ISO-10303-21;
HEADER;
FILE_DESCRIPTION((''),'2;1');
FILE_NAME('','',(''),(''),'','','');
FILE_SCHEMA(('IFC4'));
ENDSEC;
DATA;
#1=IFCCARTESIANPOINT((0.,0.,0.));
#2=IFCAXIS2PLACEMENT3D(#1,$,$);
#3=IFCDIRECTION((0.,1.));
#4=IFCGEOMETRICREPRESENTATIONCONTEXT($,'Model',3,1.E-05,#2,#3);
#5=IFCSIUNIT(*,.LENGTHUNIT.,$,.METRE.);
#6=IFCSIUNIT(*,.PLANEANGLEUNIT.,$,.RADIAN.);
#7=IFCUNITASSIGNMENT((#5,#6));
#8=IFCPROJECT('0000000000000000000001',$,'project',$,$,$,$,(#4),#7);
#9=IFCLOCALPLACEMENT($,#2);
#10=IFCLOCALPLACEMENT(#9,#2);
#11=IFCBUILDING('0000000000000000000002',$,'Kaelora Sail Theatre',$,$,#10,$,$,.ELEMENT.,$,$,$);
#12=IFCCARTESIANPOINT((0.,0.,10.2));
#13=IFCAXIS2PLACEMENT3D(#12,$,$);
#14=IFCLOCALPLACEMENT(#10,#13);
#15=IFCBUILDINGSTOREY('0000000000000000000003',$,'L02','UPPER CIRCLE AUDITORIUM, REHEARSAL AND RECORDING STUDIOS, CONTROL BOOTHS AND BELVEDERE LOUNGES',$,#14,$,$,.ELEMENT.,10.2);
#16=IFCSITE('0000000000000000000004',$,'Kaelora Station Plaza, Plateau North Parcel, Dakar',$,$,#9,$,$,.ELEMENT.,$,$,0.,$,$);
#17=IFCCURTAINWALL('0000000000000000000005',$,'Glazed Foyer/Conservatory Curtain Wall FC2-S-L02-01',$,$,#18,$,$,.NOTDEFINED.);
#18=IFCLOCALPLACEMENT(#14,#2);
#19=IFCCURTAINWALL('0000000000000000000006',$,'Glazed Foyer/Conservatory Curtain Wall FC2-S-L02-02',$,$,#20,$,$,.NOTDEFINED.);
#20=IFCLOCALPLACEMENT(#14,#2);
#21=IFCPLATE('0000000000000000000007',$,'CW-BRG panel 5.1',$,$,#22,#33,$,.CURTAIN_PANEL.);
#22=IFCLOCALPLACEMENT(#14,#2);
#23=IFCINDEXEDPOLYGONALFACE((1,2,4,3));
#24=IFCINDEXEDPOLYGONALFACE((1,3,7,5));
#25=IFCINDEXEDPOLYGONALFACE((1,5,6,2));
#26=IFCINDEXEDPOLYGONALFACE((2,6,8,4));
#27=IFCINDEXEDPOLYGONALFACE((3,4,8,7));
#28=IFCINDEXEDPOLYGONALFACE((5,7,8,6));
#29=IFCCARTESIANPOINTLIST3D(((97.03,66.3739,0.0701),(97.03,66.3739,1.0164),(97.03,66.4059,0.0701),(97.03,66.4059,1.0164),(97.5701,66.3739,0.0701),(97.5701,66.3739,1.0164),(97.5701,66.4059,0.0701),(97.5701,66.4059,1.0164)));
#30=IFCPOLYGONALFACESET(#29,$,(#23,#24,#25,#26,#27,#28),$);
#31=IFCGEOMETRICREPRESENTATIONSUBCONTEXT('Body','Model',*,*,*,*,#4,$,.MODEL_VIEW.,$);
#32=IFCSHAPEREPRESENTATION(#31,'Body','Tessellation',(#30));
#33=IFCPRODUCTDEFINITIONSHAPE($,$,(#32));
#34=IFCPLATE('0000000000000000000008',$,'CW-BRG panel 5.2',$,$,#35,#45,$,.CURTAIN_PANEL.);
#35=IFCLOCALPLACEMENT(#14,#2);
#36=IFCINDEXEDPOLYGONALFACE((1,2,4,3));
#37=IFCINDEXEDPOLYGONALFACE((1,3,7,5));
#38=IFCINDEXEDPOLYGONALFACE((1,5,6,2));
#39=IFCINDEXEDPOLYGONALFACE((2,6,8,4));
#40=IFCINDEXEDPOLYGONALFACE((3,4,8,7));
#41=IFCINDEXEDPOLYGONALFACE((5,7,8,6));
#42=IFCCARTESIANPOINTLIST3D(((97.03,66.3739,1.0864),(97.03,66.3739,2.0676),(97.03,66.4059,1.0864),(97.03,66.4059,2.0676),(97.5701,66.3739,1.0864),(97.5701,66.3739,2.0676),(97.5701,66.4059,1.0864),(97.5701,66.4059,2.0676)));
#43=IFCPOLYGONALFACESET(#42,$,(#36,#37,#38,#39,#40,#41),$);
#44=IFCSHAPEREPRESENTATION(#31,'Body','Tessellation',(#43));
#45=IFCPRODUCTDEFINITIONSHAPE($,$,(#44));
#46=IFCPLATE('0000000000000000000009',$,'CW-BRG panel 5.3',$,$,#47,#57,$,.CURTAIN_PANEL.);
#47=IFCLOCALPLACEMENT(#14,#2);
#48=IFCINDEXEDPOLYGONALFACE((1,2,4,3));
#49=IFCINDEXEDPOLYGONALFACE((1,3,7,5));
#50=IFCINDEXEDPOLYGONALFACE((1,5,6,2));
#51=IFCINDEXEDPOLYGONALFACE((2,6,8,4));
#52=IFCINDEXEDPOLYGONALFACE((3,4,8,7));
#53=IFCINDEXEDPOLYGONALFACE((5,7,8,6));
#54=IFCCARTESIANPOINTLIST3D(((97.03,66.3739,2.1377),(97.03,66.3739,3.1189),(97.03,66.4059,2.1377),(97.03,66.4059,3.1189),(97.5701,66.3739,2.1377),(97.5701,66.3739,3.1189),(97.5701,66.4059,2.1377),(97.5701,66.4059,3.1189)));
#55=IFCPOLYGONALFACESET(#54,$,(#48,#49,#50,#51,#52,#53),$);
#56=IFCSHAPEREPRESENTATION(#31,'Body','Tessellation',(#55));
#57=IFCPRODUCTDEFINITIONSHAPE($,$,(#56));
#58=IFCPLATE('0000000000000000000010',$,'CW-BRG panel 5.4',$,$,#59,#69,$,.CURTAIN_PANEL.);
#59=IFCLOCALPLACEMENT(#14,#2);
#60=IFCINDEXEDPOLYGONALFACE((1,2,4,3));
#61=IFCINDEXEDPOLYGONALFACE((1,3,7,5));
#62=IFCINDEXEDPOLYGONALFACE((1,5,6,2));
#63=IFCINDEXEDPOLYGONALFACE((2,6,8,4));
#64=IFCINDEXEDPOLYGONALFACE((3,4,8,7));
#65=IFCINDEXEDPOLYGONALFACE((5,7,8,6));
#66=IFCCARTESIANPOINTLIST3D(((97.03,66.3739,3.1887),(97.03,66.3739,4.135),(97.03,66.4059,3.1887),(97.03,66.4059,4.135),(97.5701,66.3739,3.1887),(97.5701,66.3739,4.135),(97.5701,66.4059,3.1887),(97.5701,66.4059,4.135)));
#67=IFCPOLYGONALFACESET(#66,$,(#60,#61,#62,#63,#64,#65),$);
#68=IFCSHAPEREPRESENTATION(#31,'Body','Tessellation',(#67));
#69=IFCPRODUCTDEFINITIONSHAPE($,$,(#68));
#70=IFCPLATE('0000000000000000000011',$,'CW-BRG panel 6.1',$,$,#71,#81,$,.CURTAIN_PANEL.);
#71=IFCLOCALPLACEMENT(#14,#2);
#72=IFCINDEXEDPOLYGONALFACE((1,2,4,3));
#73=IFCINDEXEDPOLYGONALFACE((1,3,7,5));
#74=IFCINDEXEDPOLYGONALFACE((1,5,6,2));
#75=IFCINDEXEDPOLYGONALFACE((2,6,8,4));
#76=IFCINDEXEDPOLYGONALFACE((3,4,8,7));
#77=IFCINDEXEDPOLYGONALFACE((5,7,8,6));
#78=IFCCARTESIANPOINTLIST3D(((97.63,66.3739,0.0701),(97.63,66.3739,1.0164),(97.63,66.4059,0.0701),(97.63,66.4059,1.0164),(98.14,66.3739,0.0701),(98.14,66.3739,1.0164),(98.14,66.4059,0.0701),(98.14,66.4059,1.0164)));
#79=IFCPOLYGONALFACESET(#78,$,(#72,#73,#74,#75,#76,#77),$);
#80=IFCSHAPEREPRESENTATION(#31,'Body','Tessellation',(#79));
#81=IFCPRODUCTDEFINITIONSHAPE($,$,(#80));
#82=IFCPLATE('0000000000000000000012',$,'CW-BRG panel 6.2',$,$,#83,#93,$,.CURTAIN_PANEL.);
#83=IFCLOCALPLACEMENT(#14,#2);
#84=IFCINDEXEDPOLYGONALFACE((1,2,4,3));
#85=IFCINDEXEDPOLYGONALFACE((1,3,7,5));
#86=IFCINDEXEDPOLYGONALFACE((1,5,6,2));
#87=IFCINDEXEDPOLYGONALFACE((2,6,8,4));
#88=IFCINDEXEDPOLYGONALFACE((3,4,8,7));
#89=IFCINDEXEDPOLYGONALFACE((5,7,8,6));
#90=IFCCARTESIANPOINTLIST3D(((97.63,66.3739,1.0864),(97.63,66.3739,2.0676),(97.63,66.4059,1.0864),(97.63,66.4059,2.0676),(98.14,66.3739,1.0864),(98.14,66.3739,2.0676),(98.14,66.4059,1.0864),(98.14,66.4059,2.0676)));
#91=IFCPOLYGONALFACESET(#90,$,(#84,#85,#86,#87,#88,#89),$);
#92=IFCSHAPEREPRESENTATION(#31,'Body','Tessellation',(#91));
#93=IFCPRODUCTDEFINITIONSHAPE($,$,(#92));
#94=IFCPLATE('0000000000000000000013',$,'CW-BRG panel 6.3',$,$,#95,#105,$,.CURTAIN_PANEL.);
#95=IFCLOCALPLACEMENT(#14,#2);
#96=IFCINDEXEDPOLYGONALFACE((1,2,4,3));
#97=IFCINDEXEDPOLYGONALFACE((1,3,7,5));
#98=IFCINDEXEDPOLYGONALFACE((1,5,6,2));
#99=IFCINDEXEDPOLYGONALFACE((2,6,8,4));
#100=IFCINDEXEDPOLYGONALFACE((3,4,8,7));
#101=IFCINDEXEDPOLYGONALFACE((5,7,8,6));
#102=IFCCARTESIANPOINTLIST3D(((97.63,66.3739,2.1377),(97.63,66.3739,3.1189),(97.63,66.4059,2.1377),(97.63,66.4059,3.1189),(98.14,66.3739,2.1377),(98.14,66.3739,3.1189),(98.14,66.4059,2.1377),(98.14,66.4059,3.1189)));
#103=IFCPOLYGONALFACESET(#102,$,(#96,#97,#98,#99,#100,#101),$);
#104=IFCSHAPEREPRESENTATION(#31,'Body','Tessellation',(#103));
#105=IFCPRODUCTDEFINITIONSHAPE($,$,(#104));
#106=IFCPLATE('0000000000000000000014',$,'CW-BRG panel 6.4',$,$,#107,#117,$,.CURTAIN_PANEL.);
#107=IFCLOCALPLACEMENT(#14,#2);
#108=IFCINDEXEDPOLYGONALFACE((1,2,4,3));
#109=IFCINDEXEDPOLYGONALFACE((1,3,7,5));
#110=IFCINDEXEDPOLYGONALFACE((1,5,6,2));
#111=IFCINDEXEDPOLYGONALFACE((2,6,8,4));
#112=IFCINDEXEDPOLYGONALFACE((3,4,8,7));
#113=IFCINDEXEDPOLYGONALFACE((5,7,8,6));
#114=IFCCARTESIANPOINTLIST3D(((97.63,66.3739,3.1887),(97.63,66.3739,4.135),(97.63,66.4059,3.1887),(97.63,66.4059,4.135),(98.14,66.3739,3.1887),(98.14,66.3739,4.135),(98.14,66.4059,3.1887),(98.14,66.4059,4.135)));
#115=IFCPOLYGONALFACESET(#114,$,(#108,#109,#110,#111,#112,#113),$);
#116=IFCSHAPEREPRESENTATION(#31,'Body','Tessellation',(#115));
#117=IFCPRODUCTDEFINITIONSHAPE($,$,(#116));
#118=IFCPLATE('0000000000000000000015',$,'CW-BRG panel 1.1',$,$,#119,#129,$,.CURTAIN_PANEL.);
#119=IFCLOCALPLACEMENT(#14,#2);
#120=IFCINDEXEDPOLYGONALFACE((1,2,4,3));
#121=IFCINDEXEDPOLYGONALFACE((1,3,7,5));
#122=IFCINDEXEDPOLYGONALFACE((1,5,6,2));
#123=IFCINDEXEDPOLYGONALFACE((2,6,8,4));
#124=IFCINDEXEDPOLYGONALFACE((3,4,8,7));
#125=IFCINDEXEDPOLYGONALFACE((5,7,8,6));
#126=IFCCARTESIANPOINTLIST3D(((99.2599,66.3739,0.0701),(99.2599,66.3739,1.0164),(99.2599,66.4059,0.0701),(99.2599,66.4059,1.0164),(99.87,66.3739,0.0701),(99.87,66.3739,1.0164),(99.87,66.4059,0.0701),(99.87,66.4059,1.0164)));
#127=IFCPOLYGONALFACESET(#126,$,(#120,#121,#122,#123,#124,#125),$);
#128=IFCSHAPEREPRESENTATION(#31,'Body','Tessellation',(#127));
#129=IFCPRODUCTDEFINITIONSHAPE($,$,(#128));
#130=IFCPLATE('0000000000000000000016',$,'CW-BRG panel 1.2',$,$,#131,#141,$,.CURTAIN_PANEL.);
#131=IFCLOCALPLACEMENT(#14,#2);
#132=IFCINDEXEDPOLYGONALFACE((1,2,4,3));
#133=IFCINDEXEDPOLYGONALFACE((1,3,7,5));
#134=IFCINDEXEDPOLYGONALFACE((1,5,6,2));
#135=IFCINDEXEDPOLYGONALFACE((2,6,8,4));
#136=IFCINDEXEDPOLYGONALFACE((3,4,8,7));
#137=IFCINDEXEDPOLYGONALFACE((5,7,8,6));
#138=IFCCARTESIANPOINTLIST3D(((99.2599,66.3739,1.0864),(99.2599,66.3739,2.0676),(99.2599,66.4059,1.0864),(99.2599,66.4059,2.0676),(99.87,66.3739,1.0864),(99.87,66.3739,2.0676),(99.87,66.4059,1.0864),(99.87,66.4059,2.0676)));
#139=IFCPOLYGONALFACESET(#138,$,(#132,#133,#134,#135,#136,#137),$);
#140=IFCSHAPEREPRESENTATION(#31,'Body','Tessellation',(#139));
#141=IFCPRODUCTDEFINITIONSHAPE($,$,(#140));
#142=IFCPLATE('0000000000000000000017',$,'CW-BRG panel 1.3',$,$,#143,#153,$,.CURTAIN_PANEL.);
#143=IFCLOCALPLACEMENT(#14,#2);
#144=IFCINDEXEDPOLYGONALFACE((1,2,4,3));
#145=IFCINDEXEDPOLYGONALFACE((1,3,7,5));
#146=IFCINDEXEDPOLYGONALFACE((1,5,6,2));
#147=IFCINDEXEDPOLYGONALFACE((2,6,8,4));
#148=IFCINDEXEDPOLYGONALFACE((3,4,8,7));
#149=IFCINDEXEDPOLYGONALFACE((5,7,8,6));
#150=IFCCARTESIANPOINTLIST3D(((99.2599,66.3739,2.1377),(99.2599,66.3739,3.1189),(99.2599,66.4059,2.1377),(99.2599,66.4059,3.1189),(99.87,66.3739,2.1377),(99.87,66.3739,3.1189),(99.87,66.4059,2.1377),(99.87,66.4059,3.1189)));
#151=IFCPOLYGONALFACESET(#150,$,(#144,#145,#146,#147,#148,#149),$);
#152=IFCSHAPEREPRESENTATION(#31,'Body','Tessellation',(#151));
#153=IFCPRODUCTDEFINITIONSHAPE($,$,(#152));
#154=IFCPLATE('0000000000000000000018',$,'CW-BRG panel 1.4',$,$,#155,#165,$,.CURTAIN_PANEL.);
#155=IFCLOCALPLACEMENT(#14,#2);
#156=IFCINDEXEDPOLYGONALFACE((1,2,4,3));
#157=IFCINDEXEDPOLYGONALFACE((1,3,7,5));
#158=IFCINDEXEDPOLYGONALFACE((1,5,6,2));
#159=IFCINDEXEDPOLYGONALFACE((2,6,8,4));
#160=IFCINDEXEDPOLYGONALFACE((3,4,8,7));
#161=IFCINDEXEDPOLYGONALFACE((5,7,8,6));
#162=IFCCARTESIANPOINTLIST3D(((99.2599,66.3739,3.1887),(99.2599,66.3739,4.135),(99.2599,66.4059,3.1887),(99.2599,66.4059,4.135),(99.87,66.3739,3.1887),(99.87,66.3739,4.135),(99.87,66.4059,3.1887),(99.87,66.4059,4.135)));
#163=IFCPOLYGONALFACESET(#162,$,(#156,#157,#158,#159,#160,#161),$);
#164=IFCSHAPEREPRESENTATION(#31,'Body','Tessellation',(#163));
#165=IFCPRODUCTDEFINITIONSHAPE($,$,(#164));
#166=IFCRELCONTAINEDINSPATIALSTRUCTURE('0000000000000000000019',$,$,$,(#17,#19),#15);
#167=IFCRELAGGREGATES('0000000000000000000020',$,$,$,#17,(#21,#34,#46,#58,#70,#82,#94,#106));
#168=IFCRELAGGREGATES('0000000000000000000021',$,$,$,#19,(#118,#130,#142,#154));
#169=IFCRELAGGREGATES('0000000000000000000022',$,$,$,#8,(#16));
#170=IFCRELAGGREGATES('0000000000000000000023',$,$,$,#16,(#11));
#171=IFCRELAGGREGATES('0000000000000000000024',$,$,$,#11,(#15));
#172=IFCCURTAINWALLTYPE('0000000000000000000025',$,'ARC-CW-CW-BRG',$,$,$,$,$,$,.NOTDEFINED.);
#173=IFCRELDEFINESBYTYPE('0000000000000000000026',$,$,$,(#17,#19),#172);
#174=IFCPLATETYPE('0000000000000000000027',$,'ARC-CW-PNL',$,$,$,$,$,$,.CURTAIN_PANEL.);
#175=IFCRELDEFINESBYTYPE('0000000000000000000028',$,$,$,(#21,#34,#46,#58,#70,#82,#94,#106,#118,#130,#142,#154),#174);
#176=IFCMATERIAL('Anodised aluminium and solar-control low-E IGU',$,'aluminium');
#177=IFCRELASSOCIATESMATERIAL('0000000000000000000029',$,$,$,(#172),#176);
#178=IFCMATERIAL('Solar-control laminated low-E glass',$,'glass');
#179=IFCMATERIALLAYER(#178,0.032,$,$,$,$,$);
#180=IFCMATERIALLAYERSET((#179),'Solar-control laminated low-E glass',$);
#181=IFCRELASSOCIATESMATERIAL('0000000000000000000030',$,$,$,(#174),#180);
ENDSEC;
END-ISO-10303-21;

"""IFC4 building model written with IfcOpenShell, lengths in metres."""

from ifc_helpers import new_model, si_unit, direction, frame, origin, origin_2d, place, context, subcontext, project, spatial, rectangle, extrude, material, layer, layer_set, type_object, element, aggregate, save


model = new_model("IFC4")

# Units and contexts
model_context = context("Model", 3, precision=1e-05, world=origin(), true_north=direction((0.0, 1.0)))
body_context = subcontext(model_context, "Body", "Model", "MODEL_VIEW")
ifc_project = project(units=[si_unit("LENGTHUNIT", "METRE"), si_unit("PLANEANGLEUNIT", "RADIAN")], contexts=[model_context])

# Site, building, storey
site_placement = place(None, origin())
site = spatial("IfcSite", under=ifc_project, at=site_placement, Name="Kaelora Station Plaza, Plateau North Parcel, Dakar", CompositionType="ELEMENT", RefElevation=0.0)
building_placement = place(site_placement, origin())
building = spatial("IfcBuilding", under=site, at=building_placement, Name="Kaelora Sail Theatre", CompositionType="ELEMENT")
storey_placement = place(building_placement, frame((0.0, 0.0, 10.2)))
storey = spatial("IfcBuildingStorey", under=building, at=storey_placement, Name="L02", Description="UPPER CIRCLE AUDITORIUM, REHEARSAL AND RECORDING STUDIOS, CONTROL BOOTHS AND BELVEDERE LOUNGES", CompositionType="ELEMENT", Elevation=10.2)

# Curtain walls
ifc_material_1 = material(Name="Anodised aluminium and solar-control low-E IGU", Category="aluminium")
curtain_wall_type = type_object("IfcCurtainWallType", Name="ARC-CW-CW-BRG", PredefinedType="NOTDEFINED", material=ifc_material_1)
curtain_wall_1_placement = place(storey_placement, origin())
curtain_wall_1 = element("IfcCurtainWall", 1, at=curtain_wall_1_placement, inside=storey, type_object=curtain_wall_type, Name="Glazed Foyer/Conservatory Curtain Wall FC2-S-L02-01", PredefinedType="NOTDEFINED")
curtain_wall_2_placement = place(storey_placement, origin())
curtain_wall_2 = element("IfcCurtainWall", 2, at=curtain_wall_2_placement, inside=storey, type_object=curtain_wall_type, Name="Glazed Foyer/Conservatory Curtain Wall FC2-S-L02-02", PredefinedType="NOTDEFINED")

# Plates
ifc_material_2 = material(Name="Solar-control laminated low-E glass", Category="glass")
ifc_layer = layer(ifc_material_2, 0.032)
ifc_layer_set = layer_set([ifc_layer], Name="Solar-control laminated low-E glass")
plate_type = type_object("IfcPlateType", Name="ARC-CW-PNL", PredefinedType="CURTAIN_PANEL", material=ifc_layer_set)
plate_1_placement = place(storey_placement, frame((97.3, 66.3899, 0.0701), z_axis=(0.0, 0.0, 1.0), x_axis=(1.0, 0.0, 0.0)))
plate_1 = element("IfcPlate", 3, at=plate_1_placement, type_object=plate_type, Name="CW-BRG panel 5.1", PredefinedType="CURTAIN_PANEL", context=body_context, shape_type="SweptSolid", body=[
    extrude(rectangle(XDim=0.54, YDim=0.032, at=origin_2d()), origin(), (0.0, 0.0, 1.0), 0.9463),
])
plate_2_placement = place(storey_placement, frame((97.3, 66.3899, 1.0864), z_axis=(0.0, 0.0, 1.0), x_axis=(1.0, 0.0, 0.0)))
plate_2 = element("IfcPlate", 4, at=plate_2_placement, type_object=plate_type, Name="CW-BRG panel 5.2", PredefinedType="CURTAIN_PANEL", context=body_context, shape_type="SweptSolid", body=[
    extrude(rectangle(XDim=0.54, YDim=0.032, at=origin_2d()), origin(), (0.0, 0.0, 1.0), 0.9812),
])
plate_3_placement = place(storey_placement, frame((97.3, 66.3899, 2.1377), z_axis=(0.0, 0.0, 1.0), x_axis=(1.0, 0.0, 0.0)))
plate_3 = element("IfcPlate", 5, at=plate_3_placement, type_object=plate_type, Name="CW-BRG panel 5.3", PredefinedType="CURTAIN_PANEL", context=body_context, shape_type="SweptSolid", body=[
    extrude(rectangle(XDim=0.54, YDim=0.032, at=origin_2d()), origin(), (0.0, 0.0, 1.0), 0.9812),
])
plate_4_placement = place(storey_placement, frame((97.3, 66.3899, 3.1887), z_axis=(0.0, 0.0, 1.0), x_axis=(1.0, 0.0, 0.0)))
plate_4 = element("IfcPlate", 6, at=plate_4_placement, type_object=plate_type, Name="CW-BRG panel 5.4", PredefinedType="CURTAIN_PANEL", context=body_context, shape_type="SweptSolid", body=[
    extrude(rectangle(XDim=0.54, YDim=0.032, at=origin_2d()), origin(), (0.0, 0.0, 1.0), 0.9463),
])
plate_5_placement = place(storey_placement, frame((97.885, 66.3899, 0.0701), z_axis=(0.0, 0.0, 1.0), x_axis=(1.0, 0.0, 0.0)))
plate_5 = element("IfcPlate", 7, at=plate_5_placement, type_object=plate_type, Name="CW-BRG panel 6.1", PredefinedType="CURTAIN_PANEL", context=body_context, shape_type="SweptSolid", body=[
    extrude(rectangle(XDim=0.51, YDim=0.032, at=origin_2d()), origin(), (0.0, 0.0, 1.0), 0.9463),
])
plate_6_placement = place(storey_placement, frame((97.885, 66.3899, 1.0864), z_axis=(0.0, 0.0, 1.0), x_axis=(1.0, 0.0, 0.0)))
plate_6 = element("IfcPlate", 8, at=plate_6_placement, type_object=plate_type, Name="CW-BRG panel 6.2", PredefinedType="CURTAIN_PANEL", context=body_context, shape_type="SweptSolid", body=[
    extrude(rectangle(XDim=0.51, YDim=0.032, at=origin_2d()), origin(), (0.0, 0.0, 1.0), 0.9812),
])
plate_7_placement = place(storey_placement, frame((97.885, 66.3899, 2.1377), z_axis=(0.0, 0.0, 1.0), x_axis=(1.0, 0.0, 0.0)))
plate_7 = element("IfcPlate", 9, at=plate_7_placement, type_object=plate_type, Name="CW-BRG panel 6.3", PredefinedType="CURTAIN_PANEL", context=body_context, shape_type="SweptSolid", body=[
    extrude(rectangle(XDim=0.51, YDim=0.032, at=origin_2d()), origin(), (0.0, 0.0, 1.0), 0.9812),
])
plate_8_placement = place(storey_placement, frame((97.885, 66.3899, 3.1887), z_axis=(0.0, 0.0, 1.0), x_axis=(1.0, 0.0, 0.0)))
plate_8 = element("IfcPlate", 10, at=plate_8_placement, type_object=plate_type, Name="CW-BRG panel 6.4", PredefinedType="CURTAIN_PANEL", context=body_context, shape_type="SweptSolid", body=[
    extrude(rectangle(XDim=0.51, YDim=0.032, at=origin_2d()), origin(), (0.0, 0.0, 1.0), 0.9463),
])
aggregate(curtain_wall_1, [plate_1, plate_2, plate_3, plate_4, plate_5, plate_6, plate_7, plate_8])
plate_9_placement = place(storey_placement, frame((99.5649, 66.3899, 0.0701), z_axis=(0.0, 0.0, 1.0), x_axis=(1.0, 0.0, 0.0)))
plate_9 = element("IfcPlate", 11, at=plate_9_placement, type_object=plate_type, Name="CW-BRG panel 1.1", PredefinedType="CURTAIN_PANEL", context=body_context, shape_type="SweptSolid", body=[
    extrude(rectangle(XDim=0.6101, YDim=0.032, at=origin_2d()), origin(), (0.0, 0.0, 1.0), 0.9463),
])
plate_10_placement = place(storey_placement, frame((99.5649, 66.3899, 1.0864), z_axis=(0.0, 0.0, 1.0), x_axis=(1.0, 0.0, 0.0)))
plate_10 = element("IfcPlate", 12, at=plate_10_placement, type_object=plate_type, Name="CW-BRG panel 1.2", PredefinedType="CURTAIN_PANEL", context=body_context, shape_type="SweptSolid", body=[
    extrude(rectangle(XDim=0.6101, YDim=0.032, at=origin_2d()), origin(), (0.0, 0.0, 1.0), 0.9812),
])
plate_11_placement = place(storey_placement, frame((99.5649, 66.3899, 2.1377), z_axis=(0.0, 0.0, 1.0), x_axis=(1.0, 0.0, 0.0)))
plate_11 = element("IfcPlate", 13, at=plate_11_placement, type_object=plate_type, Name="CW-BRG panel 1.3", PredefinedType="CURTAIN_PANEL", context=body_context, shape_type="SweptSolid", body=[
    extrude(rectangle(XDim=0.6101, YDim=0.032, at=origin_2d()), origin(), (0.0, 0.0, 1.0), 0.9812),
])
plate_12_placement = place(storey_placement, frame((99.5649, 66.3899, 3.1887), z_axis=(0.0, 0.0, 1.0), x_axis=(1.0, 0.0, 0.0)))
plate_12 = element("IfcPlate", 14, at=plate_12_placement, type_object=plate_type, Name="CW-BRG panel 1.4", PredefinedType="CURTAIN_PANEL", context=body_context, shape_type="SweptSolid", body=[
    extrude(rectangle(XDim=0.6101, YDim=0.032, at=origin_2d()), origin(), (0.0, 0.0, 1.0), 0.9463),
])
aggregate(curtain_wall_2, [plate_9, plate_10, plate_11, plate_12])

save(model, "model.ifc")
